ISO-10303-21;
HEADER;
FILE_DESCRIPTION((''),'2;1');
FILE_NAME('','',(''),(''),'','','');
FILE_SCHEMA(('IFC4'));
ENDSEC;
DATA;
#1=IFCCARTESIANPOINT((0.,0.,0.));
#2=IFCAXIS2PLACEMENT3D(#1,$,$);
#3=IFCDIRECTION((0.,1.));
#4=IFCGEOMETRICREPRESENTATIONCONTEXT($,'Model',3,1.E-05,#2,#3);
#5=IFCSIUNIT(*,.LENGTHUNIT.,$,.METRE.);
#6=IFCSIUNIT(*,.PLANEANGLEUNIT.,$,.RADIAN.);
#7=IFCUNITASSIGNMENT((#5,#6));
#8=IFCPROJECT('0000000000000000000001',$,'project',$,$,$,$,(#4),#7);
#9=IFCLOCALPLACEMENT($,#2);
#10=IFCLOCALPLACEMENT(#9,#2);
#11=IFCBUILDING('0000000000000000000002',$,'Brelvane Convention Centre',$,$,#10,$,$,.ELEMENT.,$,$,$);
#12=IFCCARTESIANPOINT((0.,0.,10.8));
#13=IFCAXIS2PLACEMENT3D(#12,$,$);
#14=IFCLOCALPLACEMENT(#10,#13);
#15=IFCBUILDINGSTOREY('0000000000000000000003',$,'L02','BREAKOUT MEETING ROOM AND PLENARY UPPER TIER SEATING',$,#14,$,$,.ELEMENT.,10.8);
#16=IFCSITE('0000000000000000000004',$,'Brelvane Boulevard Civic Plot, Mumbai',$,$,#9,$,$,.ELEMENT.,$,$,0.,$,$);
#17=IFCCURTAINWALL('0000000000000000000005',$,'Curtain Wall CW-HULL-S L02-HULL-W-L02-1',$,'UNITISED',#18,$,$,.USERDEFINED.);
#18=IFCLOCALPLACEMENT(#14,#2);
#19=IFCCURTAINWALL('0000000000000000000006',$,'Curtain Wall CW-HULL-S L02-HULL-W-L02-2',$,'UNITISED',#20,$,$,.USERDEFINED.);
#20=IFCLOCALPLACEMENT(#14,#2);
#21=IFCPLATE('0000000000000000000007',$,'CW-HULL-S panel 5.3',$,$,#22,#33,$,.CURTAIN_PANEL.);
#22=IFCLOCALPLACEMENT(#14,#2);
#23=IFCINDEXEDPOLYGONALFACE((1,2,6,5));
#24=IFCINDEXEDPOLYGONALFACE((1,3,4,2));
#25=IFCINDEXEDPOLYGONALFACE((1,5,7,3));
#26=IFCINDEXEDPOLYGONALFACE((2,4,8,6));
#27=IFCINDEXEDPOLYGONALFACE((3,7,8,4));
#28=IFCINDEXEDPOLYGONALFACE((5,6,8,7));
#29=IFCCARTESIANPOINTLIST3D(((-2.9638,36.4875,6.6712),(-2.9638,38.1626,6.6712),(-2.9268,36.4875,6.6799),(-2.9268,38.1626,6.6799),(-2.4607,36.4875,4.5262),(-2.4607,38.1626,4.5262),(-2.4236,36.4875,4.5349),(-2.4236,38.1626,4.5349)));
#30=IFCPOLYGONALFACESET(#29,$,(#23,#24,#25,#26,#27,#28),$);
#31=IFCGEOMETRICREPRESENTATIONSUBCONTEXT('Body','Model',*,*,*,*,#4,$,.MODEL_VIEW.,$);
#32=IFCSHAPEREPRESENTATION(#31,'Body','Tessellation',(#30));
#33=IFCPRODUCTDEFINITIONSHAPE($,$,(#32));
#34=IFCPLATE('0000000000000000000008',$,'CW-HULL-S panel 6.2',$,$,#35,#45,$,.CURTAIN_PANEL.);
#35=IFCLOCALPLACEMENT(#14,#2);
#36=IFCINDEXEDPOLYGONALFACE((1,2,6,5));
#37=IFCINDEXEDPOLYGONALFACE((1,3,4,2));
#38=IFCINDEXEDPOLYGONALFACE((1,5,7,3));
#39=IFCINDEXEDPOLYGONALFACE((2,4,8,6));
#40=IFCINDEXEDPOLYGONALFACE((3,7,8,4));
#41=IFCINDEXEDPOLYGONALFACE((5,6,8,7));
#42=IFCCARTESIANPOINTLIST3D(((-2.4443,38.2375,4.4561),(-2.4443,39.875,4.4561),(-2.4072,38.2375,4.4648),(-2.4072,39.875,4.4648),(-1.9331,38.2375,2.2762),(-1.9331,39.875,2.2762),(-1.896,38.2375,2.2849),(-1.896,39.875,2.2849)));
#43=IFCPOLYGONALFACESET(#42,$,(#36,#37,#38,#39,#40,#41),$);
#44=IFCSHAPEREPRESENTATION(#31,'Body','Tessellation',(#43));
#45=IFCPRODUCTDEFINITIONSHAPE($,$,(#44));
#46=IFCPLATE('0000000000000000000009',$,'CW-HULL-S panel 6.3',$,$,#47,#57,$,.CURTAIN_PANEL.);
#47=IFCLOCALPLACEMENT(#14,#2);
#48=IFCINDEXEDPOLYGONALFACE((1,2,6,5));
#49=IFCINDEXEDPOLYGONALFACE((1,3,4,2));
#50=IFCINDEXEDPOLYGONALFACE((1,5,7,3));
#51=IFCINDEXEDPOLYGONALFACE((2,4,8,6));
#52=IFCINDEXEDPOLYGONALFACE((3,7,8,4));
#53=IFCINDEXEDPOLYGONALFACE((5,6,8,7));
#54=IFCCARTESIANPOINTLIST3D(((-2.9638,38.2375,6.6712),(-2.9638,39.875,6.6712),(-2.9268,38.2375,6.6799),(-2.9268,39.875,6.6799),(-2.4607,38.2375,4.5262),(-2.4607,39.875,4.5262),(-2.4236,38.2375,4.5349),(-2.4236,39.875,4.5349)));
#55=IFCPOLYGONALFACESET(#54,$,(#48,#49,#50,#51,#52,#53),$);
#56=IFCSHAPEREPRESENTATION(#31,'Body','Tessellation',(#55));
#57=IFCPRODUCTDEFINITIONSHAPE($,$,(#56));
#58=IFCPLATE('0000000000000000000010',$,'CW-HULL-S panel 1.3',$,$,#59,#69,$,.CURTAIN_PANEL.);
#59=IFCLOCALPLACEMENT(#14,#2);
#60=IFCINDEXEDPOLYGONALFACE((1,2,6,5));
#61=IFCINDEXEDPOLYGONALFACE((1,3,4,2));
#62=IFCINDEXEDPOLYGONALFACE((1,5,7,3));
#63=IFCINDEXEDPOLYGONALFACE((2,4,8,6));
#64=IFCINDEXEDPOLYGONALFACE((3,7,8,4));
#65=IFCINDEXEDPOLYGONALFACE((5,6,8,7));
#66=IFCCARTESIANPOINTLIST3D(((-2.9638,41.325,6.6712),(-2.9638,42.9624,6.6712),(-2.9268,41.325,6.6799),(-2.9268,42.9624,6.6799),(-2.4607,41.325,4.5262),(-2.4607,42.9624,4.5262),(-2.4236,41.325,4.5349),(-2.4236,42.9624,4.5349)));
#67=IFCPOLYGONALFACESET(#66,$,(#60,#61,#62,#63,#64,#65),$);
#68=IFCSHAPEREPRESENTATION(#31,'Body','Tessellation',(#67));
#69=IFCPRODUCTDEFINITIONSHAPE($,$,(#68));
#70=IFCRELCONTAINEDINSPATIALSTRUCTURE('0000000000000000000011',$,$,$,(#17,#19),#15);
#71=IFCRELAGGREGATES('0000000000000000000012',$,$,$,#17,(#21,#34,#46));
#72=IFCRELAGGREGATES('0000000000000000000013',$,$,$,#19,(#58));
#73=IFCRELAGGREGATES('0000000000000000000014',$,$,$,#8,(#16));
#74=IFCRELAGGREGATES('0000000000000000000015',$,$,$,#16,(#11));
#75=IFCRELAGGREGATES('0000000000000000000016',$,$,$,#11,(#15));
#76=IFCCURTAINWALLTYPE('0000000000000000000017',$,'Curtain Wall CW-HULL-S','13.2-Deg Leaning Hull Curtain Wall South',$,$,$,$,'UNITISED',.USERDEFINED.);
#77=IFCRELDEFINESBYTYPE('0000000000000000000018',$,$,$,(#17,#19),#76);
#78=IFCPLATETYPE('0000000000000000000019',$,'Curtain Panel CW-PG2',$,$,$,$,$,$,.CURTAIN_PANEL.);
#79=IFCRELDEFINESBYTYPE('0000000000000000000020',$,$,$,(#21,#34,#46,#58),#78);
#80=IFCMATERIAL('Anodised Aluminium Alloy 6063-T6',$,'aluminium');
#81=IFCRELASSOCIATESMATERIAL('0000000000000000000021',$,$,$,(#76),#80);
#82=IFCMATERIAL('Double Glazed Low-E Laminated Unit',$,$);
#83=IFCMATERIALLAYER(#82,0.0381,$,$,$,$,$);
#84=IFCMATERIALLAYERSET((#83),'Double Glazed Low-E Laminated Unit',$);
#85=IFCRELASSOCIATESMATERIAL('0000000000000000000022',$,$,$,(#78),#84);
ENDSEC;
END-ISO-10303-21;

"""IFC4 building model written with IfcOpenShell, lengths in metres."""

from ifc_helpers import new_model, si_unit, direction, frame, origin, place, context, subcontext, project, spatial, polyline, outline, extrude, material, layer, layer_set, type_object, element, aggregate, save


model = new_model("IFC4")

# Units and contexts
model_context = context("Model", 3, precision=1e-05, world=origin(), true_north=direction((0.0, 1.0)))
body_context = subcontext(model_context, "Body", "Model", "MODEL_VIEW")
ifc_project = project(units=[si_unit("LENGTHUNIT", "METRE"), si_unit("PLANEANGLEUNIT", "RADIAN")], contexts=[model_context])

# Site, building, storey
site_placement = place(None, origin())
site = spatial("IfcSite", under=ifc_project, at=site_placement, Name="Brelvane Boulevard Civic Plot, Mumbai", CompositionType="ELEMENT", RefElevation=0.0)
building_placement = place(site_placement, origin())
building = spatial("IfcBuilding", under=site, at=building_placement, Name="Brelvane Convention Centre", CompositionType="ELEMENT")
storey_placement = place(building_placement, frame((0.0, 0.0, 10.8)))
storey = spatial("IfcBuildingStorey", under=building, at=storey_placement, Name="L02", Description="BREAKOUT MEETING ROOM AND PLENARY UPPER TIER SEATING", CompositionType="ELEMENT", Elevation=10.8)

# Curtain walls
ifc_material_1 = material(Name="Anodised Aluminium Alloy 6063-T6", Category="aluminium")
curtain_wall_type = type_object("IfcCurtainWallType", Name="Curtain Wall CW-HULL-S", Description="13.2-Deg Leaning Hull Curtain Wall South", ElementType="UNITISED", PredefinedType="USERDEFINED", material=ifc_material_1)
curtain_wall_1_placement = place(storey_placement, origin())
curtain_wall_1 = element("IfcCurtainWall", 1, at=curtain_wall_1_placement, inside=storey, type_object=curtain_wall_type, Name="Curtain Wall CW-HULL-S L02-HULL-W-L02-1", ObjectType="UNITISED", PredefinedType="USERDEFINED")
curtain_wall_2_placement = place(storey_placement, origin())
curtain_wall_2 = element("IfcCurtainWall", 2, at=curtain_wall_2_placement, inside=storey, type_object=curtain_wall_type, Name="Curtain Wall CW-HULL-S L02-HULL-W-L02-2", ObjectType="UNITISED", PredefinedType="USERDEFINED")

# Plates
ifc_material_2 = material(Name="Double Glazed Low-E Laminated Unit")
ifc_layer = layer(ifc_material_2, 0.0381)
ifc_layer_set = layer_set([ifc_layer], Name="Double Glazed Low-E Laminated Unit")
plate_type = type_object("IfcPlateType", Name="Curtain Panel CW-PG2", PredefinedType="CURTAIN_PANEL", material=ifc_layer_set)
plate_1_placement = place(storey_placement, frame((-2.4236, 36.4875, 4.5349), z_axis=(0.973572, 0.0, 0.228378), x_axis=(0.0, 1.0, 0.0)))
plate_1 = element("IfcPlate", 3, at=plate_1_placement, type_object=plate_type, Name="CW-HULL-S panel 5.3", PredefinedType="CURTAIN_PANEL", context=body_context, shape_type="SweptSolid", body=[
    extrude(outline(polyline([(0.0, 0.0), (1.675, 0.0), (1.675, 2.2032), (0.0, 2.2032), (0.0, 0.0)])), origin(), (0.0, 0.0, -1.0), 0.0381),
])
plate_2_placement = place(storey_placement, frame((-1.896, 38.2375, 2.2849), z_axis=(0.973586, 0.0, 0.228322), x_axis=(0.0, 1.0, 0.0)))
plate_2 = element("IfcPlate", 4, at=plate_2_placement, type_object=plate_type, Name="CW-HULL-S panel 6.2", PredefinedType="CURTAIN_PANEL", context=body_context, shape_type="SweptSolid", body=[
    extrude(outline(polyline([(0.0, 0.0), (1.6375, 0.0), (1.6375, 2.2391), (0.0, 2.2391), (0.0, 0.0)])), origin(), (0.0, 0.0, -1.0), 0.0381),
])
plate_3_placement = place(storey_placement, frame((-2.4236, 38.2375, 4.5349), z_axis=(0.973572, 0.0, 0.228378), x_axis=(0.0, 1.0, 0.0)))
plate_3 = element("IfcPlate", 5, at=plate_3_placement, type_object=plate_type, Name="CW-HULL-S panel 6.3", PredefinedType="CURTAIN_PANEL", context=body_context, shape_type="SweptSolid", body=[
    extrude(outline(polyline([(0.0, 0.0), (1.6375, 0.0), (1.6375, 2.2032), (0.0, 2.2032), (0.0, 0.0)])), origin(), (0.0, 0.0, -1.0), 0.0381),
])
aggregate(curtain_wall_1, [plate_1, plate_2, plate_3])
plate_4_placement = place(storey_placement, frame((-2.4236, 41.325, 4.5349), z_axis=(0.973572, 0.0, 0.228378), x_axis=(0.0, 1.0, 0.0)))
plate_4 = element("IfcPlate", 6, at=plate_4_placement, type_object=plate_type, Name="CW-HULL-S panel 1.3", PredefinedType="CURTAIN_PANEL", context=body_context, shape_type="SweptSolid", body=[
    extrude(outline(polyline([(0.0, 0.0), (1.6375, 0.0), (1.6375, 2.2032), (0.0, 2.2032), (0.0, 0.0)])), origin(), (0.0, 0.0, -1.0), 0.0381),
])
aggregate(curtain_wall_2, [plate_4])

save(model, "model.ifc")
